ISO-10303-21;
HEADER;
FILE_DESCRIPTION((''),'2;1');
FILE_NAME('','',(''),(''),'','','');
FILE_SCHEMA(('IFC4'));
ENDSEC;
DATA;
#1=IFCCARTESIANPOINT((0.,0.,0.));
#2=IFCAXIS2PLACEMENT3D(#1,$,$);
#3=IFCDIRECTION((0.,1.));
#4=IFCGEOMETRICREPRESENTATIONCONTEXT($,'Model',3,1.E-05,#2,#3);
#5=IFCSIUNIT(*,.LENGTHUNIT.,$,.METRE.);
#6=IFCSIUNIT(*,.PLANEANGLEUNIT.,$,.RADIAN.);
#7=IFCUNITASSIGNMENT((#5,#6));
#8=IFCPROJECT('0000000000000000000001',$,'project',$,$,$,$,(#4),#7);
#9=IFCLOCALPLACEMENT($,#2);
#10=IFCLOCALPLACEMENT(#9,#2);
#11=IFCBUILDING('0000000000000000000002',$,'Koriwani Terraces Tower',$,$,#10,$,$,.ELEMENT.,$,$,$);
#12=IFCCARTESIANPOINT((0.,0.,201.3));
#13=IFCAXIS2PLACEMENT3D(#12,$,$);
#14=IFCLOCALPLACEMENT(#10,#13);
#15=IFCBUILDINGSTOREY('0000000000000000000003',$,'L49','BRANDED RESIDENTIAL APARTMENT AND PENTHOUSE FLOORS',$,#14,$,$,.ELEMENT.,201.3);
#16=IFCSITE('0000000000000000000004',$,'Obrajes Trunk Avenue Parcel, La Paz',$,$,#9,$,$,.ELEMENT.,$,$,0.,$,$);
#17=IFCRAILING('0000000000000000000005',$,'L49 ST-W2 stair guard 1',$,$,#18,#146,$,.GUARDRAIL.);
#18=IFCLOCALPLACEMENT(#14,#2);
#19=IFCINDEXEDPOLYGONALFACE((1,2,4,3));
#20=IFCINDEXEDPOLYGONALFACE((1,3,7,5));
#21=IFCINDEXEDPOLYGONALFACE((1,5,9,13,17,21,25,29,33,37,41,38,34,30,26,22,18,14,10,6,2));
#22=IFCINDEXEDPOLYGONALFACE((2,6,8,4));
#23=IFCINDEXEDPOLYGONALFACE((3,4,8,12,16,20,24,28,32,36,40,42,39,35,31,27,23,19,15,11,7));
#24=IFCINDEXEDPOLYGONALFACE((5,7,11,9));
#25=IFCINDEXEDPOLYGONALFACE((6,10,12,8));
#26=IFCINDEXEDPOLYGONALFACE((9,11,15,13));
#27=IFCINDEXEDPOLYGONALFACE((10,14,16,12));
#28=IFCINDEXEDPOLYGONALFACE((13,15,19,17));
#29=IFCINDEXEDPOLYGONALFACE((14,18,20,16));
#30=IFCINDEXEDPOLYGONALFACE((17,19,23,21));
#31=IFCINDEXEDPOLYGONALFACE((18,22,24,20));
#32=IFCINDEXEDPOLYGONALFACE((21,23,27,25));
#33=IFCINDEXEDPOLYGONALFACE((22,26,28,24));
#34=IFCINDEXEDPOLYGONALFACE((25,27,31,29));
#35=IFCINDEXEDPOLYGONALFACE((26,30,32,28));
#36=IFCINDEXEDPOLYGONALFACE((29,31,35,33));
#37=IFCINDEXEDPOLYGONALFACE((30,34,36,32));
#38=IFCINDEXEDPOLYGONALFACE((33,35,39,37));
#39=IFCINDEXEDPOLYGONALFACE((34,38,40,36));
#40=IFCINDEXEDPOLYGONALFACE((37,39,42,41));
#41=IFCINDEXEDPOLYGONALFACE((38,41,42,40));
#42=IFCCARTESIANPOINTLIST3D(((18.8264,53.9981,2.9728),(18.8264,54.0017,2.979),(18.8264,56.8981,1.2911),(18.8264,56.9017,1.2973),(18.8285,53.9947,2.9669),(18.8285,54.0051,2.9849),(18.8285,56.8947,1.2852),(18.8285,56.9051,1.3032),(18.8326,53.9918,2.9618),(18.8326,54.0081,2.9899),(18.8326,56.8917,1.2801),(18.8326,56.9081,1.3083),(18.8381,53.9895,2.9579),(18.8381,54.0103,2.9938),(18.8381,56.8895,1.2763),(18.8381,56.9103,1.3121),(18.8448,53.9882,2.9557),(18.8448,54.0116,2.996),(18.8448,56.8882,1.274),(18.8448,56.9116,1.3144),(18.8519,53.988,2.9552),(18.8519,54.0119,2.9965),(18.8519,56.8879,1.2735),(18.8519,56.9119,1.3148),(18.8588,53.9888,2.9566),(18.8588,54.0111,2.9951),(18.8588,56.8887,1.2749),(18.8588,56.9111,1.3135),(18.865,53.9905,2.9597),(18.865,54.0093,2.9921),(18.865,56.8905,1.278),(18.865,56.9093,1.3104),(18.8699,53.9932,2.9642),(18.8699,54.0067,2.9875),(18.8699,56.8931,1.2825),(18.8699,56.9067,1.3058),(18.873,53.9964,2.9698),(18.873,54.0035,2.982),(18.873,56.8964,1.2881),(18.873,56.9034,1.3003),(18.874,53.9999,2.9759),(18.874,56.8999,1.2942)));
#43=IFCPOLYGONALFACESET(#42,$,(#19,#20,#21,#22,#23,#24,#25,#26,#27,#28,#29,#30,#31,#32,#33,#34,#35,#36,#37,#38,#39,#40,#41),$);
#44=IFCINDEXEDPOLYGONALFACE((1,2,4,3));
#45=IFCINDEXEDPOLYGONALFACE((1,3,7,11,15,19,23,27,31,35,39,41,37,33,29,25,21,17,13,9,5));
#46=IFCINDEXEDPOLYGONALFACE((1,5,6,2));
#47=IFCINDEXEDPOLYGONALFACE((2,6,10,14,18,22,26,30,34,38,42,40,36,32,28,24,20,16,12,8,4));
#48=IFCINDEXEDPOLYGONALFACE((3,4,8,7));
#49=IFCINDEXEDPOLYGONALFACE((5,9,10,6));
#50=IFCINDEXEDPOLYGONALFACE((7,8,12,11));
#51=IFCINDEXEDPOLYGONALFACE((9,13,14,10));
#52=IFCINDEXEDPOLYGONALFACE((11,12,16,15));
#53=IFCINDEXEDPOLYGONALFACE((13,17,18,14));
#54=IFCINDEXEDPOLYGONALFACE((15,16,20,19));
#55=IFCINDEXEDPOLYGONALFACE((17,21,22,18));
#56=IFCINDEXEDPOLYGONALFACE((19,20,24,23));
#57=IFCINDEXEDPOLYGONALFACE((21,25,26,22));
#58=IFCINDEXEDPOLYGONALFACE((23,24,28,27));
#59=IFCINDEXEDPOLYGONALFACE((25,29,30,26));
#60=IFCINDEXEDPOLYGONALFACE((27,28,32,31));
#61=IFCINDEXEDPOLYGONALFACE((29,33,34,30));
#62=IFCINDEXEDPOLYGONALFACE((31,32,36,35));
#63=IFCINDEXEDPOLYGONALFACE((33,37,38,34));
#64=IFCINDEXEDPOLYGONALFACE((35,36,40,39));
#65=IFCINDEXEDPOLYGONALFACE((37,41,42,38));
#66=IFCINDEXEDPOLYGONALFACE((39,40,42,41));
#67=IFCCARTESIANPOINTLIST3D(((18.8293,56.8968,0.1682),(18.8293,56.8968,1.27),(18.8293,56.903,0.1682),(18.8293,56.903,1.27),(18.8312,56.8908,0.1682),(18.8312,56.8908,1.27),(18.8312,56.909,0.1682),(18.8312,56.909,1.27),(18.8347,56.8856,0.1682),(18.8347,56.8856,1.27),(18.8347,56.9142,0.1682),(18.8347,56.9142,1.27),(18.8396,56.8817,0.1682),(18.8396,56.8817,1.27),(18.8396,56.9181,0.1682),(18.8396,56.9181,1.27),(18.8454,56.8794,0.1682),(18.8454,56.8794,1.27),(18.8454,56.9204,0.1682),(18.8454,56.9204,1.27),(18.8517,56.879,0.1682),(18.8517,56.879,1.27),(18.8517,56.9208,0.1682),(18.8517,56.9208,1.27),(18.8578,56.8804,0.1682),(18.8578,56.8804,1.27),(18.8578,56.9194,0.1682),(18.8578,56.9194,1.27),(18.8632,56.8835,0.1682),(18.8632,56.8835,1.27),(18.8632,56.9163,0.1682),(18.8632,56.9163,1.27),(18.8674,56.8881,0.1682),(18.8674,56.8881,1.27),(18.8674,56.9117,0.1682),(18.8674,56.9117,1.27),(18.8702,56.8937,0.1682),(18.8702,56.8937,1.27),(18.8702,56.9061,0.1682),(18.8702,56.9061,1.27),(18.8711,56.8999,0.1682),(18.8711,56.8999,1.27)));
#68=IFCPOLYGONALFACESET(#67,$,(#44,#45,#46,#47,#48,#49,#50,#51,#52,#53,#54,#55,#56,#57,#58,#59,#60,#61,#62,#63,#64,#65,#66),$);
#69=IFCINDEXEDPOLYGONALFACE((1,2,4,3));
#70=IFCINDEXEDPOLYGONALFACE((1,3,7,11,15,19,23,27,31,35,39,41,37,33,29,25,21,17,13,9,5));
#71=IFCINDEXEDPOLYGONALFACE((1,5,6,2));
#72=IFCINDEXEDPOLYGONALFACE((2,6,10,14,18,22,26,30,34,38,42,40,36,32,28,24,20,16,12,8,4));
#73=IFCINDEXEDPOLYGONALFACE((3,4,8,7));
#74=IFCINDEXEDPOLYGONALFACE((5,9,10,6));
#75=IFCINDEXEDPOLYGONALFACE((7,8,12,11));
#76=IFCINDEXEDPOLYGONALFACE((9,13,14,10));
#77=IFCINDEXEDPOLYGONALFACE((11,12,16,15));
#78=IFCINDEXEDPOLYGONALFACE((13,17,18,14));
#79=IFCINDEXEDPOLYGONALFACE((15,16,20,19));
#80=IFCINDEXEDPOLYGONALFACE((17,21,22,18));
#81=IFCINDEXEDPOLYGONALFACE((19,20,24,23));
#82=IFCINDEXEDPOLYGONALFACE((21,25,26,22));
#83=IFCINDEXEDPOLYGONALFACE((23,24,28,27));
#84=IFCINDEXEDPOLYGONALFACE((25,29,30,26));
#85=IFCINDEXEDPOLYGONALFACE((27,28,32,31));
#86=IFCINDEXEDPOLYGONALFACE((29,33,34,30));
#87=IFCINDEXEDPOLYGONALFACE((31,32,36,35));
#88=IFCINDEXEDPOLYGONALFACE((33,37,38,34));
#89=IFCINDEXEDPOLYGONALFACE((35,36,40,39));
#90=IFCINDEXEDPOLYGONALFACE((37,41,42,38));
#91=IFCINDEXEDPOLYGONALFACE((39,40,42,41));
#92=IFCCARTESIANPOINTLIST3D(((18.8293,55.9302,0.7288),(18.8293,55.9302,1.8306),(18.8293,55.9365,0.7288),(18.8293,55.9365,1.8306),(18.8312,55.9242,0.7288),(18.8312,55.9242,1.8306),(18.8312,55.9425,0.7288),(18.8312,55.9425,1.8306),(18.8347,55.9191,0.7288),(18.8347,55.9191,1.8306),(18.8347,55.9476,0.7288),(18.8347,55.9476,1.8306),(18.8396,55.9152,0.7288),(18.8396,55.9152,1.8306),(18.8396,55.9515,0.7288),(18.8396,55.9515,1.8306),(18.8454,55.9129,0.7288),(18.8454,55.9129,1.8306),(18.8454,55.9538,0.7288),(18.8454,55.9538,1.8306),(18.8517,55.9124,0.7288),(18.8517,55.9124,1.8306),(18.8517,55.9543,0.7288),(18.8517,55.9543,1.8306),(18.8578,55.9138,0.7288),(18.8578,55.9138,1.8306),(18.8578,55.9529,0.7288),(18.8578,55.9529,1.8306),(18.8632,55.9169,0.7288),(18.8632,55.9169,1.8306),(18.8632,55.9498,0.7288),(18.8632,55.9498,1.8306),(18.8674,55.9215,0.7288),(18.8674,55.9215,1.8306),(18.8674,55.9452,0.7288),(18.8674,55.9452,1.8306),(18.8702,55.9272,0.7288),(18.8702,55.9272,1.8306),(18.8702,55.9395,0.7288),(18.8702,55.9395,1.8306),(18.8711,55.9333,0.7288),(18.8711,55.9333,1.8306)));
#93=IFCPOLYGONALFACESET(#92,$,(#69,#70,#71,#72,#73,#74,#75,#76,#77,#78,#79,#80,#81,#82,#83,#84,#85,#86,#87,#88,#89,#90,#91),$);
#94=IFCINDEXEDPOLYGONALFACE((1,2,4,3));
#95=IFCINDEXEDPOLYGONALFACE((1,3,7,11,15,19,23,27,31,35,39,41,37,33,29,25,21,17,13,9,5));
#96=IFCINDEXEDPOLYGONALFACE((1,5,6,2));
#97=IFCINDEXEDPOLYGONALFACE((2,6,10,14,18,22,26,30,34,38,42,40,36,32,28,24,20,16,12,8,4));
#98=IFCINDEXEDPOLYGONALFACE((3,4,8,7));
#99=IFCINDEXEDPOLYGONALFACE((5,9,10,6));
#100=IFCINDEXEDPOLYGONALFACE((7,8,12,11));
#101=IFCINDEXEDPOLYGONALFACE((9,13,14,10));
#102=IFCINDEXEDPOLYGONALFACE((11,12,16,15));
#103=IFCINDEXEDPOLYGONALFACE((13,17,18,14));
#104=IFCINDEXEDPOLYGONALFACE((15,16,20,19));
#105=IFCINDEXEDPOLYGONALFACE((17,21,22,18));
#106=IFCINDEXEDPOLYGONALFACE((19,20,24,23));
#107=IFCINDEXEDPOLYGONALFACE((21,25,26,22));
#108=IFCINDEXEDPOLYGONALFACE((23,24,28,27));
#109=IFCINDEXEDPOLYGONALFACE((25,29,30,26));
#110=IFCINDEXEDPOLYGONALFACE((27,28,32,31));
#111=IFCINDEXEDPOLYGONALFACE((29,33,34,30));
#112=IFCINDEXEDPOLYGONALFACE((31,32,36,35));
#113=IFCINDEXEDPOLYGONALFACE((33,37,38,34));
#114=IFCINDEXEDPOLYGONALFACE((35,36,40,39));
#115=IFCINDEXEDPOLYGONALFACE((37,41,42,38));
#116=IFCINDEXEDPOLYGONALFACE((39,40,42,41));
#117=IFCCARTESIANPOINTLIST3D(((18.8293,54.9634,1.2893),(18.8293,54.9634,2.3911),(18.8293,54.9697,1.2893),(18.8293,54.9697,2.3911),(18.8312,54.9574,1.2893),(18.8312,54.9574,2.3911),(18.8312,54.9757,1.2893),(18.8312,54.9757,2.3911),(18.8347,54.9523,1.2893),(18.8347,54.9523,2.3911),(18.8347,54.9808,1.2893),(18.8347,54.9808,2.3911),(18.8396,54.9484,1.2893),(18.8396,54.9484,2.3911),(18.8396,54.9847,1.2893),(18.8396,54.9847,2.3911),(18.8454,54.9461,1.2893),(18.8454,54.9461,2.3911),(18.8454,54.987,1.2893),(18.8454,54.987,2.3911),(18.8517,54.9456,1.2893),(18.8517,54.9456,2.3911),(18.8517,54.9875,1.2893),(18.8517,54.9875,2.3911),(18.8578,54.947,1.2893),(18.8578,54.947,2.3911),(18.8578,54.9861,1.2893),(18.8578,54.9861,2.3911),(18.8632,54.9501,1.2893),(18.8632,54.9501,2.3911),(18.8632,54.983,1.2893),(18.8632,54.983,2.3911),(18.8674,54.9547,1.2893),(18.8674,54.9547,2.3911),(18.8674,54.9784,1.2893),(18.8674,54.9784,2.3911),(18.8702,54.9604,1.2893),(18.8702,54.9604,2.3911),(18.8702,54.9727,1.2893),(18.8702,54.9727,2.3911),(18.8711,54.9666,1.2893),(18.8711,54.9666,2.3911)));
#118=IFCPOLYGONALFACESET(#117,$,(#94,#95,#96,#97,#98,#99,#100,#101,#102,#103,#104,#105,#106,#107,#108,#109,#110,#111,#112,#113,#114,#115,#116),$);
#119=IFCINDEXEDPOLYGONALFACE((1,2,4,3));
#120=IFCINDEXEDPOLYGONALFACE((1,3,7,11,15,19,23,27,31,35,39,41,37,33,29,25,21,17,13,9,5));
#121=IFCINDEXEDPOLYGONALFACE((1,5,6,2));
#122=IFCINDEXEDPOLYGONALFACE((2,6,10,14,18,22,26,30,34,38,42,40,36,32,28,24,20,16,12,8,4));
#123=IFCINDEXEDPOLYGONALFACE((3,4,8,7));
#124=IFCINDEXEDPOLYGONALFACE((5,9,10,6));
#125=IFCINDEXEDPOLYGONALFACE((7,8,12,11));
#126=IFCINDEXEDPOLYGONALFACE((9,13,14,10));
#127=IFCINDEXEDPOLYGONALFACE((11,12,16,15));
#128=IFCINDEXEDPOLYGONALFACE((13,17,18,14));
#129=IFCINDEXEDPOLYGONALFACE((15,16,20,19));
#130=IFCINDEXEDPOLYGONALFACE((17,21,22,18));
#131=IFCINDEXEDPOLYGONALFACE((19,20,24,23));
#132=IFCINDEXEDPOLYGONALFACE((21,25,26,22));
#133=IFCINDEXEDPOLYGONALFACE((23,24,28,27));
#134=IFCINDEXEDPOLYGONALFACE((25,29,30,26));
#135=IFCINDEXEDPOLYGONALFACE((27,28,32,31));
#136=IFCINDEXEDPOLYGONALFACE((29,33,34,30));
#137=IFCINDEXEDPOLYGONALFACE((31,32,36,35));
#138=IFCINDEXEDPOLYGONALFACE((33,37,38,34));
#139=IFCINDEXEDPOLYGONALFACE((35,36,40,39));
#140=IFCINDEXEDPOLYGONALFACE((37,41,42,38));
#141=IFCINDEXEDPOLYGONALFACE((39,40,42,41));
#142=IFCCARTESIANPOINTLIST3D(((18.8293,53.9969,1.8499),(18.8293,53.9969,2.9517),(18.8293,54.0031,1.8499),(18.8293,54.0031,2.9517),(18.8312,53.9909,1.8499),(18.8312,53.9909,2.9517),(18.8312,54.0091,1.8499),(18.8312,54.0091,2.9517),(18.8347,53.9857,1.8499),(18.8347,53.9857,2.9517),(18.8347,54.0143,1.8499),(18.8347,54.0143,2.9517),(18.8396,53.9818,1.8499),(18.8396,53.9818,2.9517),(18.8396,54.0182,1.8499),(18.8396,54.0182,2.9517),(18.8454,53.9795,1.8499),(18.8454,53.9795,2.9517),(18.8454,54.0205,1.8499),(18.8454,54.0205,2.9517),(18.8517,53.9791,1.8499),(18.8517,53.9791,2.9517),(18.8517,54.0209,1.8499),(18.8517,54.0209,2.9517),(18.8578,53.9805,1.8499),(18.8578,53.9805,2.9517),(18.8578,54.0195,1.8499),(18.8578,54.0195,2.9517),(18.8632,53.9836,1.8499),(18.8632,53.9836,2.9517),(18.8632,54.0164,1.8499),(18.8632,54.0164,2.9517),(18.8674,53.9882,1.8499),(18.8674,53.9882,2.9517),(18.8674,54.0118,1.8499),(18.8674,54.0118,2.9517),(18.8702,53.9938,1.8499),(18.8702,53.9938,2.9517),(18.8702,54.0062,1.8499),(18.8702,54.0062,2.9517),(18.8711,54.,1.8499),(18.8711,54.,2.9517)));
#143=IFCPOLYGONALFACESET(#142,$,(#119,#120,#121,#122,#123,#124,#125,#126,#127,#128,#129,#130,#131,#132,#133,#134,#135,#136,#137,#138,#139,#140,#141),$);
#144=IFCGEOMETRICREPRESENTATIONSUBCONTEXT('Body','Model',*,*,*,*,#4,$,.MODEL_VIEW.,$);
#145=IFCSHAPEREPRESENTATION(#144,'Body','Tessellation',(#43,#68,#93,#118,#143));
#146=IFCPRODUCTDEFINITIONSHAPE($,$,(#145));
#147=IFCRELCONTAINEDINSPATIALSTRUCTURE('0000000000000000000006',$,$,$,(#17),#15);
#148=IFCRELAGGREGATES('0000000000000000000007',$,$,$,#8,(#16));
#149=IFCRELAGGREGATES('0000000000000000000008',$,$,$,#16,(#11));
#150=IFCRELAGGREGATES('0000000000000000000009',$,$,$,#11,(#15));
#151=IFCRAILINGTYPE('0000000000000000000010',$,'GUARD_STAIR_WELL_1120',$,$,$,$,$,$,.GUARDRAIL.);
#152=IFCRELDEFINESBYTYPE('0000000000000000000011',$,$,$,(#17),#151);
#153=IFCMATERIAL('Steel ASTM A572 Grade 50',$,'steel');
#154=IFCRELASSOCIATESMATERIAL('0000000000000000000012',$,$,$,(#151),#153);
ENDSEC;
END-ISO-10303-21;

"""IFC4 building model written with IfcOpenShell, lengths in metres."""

from ifc_helpers import new_model, si_unit, direction, frame, origin, origin_2d, place, context, subcontext, project, spatial, circle, extrude, material, type_object, element, save


model = new_model("IFC4")

# Units and contexts
model_context = context("Model", 3, precision=1e-05, world=origin(), true_north=direction((0.0, 1.0)))
body_context = subcontext(model_context, "Body", "Model", "MODEL_VIEW")
ifc_project = project(units=[si_unit("LENGTHUNIT", "METRE"), si_unit("PLANEANGLEUNIT", "RADIAN")], contexts=[model_context])

# Site, building, storey
site_placement = place(None, origin())
site = spatial("IfcSite", under=ifc_project, at=site_placement, Name="Obrajes Trunk Avenue Parcel, La Paz", CompositionType="ELEMENT", RefElevation=0.0)
building_placement = place(site_placement, origin())
building = spatial("IfcBuilding", under=site, at=building_placement, Name="Koriwani Terraces Tower", CompositionType="ELEMENT")
storey_placement = place(building_placement, frame((0.0, 0.0, 201.3)))
storey = spatial("IfcBuildingStorey", under=building, at=storey_placement, Name="L49", Description="BRANDED RESIDENTIAL APARTMENT AND PENTHOUSE FLOORS", CompositionType="ELEMENT", Elevation=201.3)

# Shared definitions
ifc_material_1 = material(Name="Steel ASTM A572 Grade 50", Category="steel")

# Railing
railing_type_1 = type_object("IfcRailingType", Name="GUARD_STAIR_WELL_1120", PredefinedType="GUARDRAIL", material=ifc_material_1)
railing_1_placement = place(storey_placement, frame((18.8501, 56.8999, 0.1682)))
element("IfcRailing", 1, at=railing_1_placement, inside=storey, type_object=railing_type_1, Name="L49 ST-W2 stair guard 1", PredefinedType="GUARDRAIL", context=body_context, shape_type="SweptSolid", body=[
    extrude(circle(Radius=0.0239, at=origin_2d()), frame((0.0, 0.0, 1.126), z_axis=(0.0, -0.86507, 0.501651), x_axis=(1.0, 0.0, 0.0)), (0.0, 0.0, 1.0), 3.3523),
    extrude(circle(Radius=0.021, at=origin_2d()), origin(), (0.0, 0.0, 1.0), 1.1018),
    extrude(circle(Radius=0.021, at=origin_2d()), frame((0.0, -0.9666, 0.5605)), (0.0, 0.0, 1.0), 1.1018),
    extrude(circle(Radius=0.021, at=origin_2d()), frame((0.0, -1.9333, 1.1211)), (0.0, 0.0, 1.0), 1.1018),
    extrude(circle(Radius=0.021, at=origin_2d()), frame((0.0, -2.8999, 1.6816)), (0.0, 0.0, 1.0), 1.1018),
])

save(model, "model.ifc")
